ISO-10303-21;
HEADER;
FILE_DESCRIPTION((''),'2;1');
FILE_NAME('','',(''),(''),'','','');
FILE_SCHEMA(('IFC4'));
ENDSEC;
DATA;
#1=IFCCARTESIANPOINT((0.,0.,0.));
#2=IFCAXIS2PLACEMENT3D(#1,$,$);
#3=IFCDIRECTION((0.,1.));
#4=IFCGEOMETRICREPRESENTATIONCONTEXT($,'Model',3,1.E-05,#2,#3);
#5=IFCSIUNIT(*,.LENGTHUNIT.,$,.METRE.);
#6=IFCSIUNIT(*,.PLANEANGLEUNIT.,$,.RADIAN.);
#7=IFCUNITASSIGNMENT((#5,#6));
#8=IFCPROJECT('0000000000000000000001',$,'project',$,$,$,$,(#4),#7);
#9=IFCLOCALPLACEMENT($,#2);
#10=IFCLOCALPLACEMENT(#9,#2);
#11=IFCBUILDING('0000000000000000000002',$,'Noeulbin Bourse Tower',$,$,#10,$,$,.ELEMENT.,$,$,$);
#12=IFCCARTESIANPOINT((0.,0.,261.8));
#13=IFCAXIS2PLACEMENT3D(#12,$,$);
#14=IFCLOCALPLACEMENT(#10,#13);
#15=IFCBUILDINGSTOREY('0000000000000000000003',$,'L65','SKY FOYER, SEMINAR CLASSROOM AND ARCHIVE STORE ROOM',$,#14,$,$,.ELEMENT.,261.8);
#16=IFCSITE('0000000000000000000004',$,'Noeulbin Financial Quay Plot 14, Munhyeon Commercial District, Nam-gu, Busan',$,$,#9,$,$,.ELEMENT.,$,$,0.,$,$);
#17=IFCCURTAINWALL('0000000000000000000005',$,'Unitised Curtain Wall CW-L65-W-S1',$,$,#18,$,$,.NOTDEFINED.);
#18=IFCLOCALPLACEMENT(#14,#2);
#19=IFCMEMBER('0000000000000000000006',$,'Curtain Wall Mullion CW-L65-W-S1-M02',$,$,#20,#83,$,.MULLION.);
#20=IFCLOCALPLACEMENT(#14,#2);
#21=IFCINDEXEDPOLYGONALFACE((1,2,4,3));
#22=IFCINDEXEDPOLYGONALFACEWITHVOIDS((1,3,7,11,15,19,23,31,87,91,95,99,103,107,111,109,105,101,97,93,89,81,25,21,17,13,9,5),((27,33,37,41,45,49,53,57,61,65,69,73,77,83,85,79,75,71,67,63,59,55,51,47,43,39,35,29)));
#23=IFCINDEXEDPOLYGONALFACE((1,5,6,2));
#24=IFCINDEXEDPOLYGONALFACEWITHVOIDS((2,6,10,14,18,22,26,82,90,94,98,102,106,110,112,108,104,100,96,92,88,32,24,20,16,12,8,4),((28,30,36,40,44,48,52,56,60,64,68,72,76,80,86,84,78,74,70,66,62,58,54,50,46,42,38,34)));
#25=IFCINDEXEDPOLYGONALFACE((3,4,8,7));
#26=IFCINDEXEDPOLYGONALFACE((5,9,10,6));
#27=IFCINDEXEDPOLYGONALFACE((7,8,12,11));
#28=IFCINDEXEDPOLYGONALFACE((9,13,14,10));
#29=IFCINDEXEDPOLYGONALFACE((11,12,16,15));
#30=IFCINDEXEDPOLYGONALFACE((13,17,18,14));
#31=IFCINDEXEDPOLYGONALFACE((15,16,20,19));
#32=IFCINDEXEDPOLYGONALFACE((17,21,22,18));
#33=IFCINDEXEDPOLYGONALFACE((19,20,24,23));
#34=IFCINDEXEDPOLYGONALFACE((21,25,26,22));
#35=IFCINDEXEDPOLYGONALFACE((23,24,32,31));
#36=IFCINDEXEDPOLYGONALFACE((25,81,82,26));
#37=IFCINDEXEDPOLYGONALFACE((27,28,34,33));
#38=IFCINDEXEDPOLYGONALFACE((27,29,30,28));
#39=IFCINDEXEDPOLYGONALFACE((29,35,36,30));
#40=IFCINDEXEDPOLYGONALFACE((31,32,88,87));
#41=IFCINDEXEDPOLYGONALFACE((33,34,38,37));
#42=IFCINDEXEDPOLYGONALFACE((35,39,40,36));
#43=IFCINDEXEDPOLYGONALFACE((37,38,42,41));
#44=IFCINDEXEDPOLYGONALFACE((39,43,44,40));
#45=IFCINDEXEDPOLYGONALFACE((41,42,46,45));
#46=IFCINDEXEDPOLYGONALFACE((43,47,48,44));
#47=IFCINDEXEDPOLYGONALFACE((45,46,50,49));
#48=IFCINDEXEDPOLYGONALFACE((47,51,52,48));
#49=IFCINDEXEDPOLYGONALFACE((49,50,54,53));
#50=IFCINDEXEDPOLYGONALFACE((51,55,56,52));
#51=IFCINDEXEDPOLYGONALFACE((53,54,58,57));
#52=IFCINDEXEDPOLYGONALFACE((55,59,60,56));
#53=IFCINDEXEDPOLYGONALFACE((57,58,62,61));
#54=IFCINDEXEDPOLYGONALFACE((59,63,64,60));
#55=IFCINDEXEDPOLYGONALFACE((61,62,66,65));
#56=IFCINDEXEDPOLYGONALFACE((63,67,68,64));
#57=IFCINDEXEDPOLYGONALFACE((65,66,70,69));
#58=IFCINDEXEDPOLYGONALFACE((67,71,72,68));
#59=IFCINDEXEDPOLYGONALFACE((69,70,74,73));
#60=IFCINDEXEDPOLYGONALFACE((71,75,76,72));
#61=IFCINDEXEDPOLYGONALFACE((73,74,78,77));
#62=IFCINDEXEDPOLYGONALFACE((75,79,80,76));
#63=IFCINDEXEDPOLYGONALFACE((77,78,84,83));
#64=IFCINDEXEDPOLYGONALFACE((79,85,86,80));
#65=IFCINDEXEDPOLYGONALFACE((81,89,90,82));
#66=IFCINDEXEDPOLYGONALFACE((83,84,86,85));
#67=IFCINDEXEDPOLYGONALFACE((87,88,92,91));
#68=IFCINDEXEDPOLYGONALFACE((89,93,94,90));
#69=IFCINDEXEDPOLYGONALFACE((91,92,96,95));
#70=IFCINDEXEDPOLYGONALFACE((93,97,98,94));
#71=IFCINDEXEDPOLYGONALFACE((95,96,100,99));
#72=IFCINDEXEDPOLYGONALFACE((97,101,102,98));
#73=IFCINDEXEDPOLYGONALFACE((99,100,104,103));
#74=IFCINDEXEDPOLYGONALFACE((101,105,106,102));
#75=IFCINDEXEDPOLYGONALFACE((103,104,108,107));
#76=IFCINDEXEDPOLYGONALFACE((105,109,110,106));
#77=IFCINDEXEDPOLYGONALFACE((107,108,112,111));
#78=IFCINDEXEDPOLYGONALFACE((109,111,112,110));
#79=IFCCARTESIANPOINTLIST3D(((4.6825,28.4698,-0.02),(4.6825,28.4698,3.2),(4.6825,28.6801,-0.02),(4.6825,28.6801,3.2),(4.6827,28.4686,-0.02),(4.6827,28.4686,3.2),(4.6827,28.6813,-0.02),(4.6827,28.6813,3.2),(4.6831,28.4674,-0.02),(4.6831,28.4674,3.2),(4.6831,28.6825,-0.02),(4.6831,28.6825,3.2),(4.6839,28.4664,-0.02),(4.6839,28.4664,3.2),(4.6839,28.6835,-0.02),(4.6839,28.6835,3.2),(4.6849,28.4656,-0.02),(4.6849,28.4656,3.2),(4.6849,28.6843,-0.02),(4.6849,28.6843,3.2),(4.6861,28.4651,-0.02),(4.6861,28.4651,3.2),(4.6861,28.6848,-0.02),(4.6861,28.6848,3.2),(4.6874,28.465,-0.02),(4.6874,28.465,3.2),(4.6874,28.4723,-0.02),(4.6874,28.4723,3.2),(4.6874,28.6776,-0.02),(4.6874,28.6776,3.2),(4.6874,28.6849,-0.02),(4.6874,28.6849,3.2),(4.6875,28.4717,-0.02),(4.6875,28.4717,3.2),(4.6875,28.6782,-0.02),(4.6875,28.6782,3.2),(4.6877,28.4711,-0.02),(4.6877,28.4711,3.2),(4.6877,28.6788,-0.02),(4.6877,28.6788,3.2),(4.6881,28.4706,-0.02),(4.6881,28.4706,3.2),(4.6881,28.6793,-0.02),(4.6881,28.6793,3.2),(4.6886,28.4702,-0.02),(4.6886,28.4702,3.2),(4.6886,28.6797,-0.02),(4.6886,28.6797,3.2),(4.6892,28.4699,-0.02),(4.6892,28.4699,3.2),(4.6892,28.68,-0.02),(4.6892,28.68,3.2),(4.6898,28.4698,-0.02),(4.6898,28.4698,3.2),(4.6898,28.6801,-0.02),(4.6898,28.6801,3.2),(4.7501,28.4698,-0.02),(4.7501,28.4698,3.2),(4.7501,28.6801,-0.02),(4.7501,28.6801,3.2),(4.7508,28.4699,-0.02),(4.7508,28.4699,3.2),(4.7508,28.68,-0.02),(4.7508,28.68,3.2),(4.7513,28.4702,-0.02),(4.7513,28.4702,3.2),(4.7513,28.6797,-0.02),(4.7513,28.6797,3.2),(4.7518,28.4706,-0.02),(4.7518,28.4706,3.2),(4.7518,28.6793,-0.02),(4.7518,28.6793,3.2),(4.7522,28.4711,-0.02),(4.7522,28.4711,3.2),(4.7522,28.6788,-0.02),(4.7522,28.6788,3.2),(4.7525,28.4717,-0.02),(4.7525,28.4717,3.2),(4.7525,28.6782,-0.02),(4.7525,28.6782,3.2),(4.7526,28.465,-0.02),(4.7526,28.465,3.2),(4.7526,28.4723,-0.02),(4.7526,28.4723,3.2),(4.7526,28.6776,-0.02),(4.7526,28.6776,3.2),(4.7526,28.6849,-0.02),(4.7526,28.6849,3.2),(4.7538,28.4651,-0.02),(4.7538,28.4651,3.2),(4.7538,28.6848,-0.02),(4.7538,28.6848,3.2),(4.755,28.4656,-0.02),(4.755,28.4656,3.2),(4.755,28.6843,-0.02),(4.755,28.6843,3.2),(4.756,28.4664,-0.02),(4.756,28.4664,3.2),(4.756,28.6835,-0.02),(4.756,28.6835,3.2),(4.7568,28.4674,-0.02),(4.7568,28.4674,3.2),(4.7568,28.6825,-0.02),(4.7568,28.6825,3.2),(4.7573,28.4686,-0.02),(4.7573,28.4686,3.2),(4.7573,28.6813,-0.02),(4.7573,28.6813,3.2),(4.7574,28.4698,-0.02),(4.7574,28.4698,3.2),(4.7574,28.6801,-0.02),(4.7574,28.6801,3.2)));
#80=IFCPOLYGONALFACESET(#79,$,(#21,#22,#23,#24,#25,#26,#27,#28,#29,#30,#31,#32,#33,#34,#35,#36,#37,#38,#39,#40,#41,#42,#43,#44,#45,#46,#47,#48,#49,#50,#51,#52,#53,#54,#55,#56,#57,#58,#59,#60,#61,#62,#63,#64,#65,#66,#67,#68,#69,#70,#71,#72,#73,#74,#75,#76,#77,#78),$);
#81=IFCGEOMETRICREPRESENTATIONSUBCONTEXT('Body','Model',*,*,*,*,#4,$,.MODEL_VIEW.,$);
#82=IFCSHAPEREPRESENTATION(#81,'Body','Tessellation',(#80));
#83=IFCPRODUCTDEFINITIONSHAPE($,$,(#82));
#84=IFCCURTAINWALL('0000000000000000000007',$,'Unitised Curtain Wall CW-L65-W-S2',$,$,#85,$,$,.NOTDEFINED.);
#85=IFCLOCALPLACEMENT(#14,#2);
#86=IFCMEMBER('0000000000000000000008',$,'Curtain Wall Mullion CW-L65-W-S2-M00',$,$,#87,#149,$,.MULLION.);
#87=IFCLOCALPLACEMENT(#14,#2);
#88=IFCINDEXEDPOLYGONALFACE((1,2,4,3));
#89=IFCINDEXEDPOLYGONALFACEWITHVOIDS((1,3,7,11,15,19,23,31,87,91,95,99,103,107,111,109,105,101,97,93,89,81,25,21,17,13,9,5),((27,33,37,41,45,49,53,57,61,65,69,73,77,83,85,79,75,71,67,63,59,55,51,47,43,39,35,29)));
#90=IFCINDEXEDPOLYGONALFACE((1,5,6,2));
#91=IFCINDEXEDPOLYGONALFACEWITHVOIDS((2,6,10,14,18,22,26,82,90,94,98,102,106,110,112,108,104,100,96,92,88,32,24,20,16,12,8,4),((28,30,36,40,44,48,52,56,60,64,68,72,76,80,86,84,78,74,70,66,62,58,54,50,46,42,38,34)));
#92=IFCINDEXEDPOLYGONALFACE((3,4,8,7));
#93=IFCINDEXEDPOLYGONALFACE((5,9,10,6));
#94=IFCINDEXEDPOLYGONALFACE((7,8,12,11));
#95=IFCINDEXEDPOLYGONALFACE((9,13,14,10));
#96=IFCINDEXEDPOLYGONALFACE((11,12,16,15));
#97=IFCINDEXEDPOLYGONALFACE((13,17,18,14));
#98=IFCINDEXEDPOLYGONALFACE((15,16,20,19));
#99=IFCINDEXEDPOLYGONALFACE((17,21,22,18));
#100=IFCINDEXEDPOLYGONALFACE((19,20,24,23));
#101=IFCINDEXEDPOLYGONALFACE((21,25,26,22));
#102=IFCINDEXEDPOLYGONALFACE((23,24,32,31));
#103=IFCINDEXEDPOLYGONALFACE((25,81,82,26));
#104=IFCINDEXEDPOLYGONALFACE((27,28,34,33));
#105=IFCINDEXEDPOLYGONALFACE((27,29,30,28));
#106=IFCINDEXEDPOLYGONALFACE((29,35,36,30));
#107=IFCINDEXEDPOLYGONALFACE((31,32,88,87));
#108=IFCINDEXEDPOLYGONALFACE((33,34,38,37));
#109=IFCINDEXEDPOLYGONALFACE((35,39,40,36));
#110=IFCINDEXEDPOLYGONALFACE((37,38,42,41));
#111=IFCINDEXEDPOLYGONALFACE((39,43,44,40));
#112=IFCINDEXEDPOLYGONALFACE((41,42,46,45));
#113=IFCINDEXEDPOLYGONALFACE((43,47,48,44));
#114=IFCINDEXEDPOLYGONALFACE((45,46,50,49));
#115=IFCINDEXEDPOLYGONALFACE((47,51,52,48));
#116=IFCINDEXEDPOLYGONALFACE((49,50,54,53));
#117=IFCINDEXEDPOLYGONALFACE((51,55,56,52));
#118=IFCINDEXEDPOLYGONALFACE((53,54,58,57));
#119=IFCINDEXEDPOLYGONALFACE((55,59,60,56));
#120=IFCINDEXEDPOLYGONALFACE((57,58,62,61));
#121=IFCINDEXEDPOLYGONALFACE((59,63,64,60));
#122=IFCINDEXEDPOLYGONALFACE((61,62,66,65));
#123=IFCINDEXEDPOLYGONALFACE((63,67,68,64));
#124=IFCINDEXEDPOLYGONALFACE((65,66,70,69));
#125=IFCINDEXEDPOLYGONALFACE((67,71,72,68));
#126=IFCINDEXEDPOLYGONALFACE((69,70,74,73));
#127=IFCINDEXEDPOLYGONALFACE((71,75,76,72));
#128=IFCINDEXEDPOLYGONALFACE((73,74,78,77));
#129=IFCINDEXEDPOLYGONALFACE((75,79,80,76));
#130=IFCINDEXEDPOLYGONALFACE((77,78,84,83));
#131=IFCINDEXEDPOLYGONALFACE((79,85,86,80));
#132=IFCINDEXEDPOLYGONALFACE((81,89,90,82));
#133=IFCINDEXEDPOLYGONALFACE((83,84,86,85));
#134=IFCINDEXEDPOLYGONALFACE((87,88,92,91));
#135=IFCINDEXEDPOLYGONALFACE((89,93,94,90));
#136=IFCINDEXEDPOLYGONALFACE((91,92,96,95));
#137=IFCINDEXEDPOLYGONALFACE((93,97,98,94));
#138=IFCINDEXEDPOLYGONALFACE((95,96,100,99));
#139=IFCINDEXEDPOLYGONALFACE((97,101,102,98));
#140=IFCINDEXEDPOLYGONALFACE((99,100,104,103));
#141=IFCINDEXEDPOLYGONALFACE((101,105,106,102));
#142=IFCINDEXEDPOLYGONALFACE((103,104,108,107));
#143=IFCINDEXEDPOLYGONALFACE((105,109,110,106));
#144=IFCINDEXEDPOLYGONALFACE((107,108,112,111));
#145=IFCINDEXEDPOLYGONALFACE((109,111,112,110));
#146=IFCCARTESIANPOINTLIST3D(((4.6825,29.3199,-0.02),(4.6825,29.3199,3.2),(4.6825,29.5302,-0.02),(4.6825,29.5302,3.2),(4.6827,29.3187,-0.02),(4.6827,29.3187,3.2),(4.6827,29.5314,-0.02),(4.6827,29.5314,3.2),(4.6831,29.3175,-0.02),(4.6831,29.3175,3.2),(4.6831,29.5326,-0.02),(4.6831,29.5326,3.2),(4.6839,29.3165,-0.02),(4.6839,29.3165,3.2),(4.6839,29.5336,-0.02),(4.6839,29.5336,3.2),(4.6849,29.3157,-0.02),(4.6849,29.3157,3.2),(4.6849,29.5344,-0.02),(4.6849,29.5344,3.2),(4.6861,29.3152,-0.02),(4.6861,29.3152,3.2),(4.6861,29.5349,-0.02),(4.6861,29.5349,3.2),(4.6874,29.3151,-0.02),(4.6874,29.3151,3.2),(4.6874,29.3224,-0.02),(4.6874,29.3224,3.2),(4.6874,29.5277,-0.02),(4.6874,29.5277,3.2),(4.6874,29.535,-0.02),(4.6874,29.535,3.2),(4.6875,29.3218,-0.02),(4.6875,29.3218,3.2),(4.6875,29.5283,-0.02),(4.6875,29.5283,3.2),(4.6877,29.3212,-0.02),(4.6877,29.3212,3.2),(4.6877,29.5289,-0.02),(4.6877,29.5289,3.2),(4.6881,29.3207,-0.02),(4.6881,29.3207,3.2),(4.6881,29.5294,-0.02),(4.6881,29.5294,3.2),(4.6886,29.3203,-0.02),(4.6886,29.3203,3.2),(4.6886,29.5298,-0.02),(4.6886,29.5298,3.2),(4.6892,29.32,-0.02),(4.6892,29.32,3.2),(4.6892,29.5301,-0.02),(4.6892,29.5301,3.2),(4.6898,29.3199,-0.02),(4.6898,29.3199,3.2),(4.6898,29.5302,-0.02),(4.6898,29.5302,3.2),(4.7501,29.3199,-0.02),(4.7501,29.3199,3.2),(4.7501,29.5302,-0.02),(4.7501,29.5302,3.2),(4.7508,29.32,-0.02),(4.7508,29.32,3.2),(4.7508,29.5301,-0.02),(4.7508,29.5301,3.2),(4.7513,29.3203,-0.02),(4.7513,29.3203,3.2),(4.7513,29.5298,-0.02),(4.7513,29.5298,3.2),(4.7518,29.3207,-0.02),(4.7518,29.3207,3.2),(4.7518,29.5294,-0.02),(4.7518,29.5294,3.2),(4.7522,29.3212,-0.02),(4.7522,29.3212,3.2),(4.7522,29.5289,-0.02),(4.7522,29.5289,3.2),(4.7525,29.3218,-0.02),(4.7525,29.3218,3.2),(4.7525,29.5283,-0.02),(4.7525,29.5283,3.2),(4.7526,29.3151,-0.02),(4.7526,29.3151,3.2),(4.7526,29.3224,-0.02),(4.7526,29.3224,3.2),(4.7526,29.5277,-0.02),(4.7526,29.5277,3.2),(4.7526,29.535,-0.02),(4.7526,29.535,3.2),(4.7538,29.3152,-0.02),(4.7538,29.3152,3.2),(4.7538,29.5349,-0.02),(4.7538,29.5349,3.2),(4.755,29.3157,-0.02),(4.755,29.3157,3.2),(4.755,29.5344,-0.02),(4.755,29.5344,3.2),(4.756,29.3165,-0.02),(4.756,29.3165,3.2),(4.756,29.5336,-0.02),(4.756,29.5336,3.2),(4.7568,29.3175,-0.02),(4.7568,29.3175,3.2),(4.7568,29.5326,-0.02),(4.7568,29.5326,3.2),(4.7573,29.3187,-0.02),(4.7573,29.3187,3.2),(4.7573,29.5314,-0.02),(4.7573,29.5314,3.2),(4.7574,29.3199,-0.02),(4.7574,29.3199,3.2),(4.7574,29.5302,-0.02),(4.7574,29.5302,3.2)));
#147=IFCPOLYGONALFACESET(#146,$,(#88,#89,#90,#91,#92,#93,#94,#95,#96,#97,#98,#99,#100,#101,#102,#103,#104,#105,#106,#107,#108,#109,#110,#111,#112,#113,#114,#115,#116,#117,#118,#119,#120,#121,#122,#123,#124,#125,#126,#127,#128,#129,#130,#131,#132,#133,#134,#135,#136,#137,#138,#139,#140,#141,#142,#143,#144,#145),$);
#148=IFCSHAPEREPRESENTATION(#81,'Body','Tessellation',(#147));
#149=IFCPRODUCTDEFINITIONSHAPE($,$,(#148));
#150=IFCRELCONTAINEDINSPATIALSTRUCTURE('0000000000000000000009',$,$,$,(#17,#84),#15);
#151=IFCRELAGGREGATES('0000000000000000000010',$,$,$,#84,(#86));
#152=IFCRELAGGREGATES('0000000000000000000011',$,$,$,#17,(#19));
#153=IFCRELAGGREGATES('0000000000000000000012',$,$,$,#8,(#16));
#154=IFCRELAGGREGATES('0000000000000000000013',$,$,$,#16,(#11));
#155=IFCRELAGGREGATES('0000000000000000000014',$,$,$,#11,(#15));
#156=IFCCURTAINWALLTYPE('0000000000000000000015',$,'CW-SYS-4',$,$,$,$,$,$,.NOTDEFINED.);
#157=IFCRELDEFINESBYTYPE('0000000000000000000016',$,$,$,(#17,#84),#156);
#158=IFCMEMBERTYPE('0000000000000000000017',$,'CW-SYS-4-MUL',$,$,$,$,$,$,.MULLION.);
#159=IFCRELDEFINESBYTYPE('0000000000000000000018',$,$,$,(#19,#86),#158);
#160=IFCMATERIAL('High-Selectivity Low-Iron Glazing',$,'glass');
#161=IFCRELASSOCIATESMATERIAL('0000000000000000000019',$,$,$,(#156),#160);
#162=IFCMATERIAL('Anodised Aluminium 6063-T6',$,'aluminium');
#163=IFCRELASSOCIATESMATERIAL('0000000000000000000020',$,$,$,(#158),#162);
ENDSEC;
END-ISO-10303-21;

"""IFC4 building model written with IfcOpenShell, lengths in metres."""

from ifc_helpers import new_model, si_unit, direction, frame, origin, origin_2d, place, context, subcontext, project, spatial, hollow_rectangle, extrude, material, material_profile, profile_set, type_object, element, aggregate, save


model = new_model("IFC4")

# Units and contexts
model_context = context("Model", 3, precision=1e-05, world=origin(), true_north=direction((0.0, 1.0)))
body_context = subcontext(model_context, "Body", "Model", "MODEL_VIEW")
ifc_project = project(units=[si_unit("LENGTHUNIT", "METRE"), si_unit("PLANEANGLEUNIT", "RADIAN")], contexts=[model_context])

# Site, building, storey
site_placement = place(None, origin())
site = spatial("IfcSite", under=ifc_project, at=site_placement, Name="Noeulbin Financial Quay Plot 14, Munhyeon Commercial District, Nam-gu, Busan", CompositionType="ELEMENT", RefElevation=0.0)
building_placement = place(site_placement, origin())
building = spatial("IfcBuilding", under=site, at=building_placement, Name="Noeulbin Bourse Tower", CompositionType="ELEMENT")
storey_placement = place(building_placement, frame((0.0, 0.0, 261.8)))
storey = spatial("IfcBuildingStorey", under=building, at=storey_placement, Name="L65", Description="SKY FOYER, SEMINAR CLASSROOM AND ARCHIVE STORE ROOM", CompositionType="ELEMENT", Elevation=261.8)

# Curtain wall, member
ifc_material_1 = material(Name="High-Selectivity Low-Iron Glazing", Category="glass")
curtain_wall_type = type_object("IfcCurtainWallType", Name="CW-SYS-4", PredefinedType="NOTDEFINED", material=ifc_material_1)
curtain_wall_1_placement = place(storey_placement, origin())
curtain_wall_1 = element("IfcCurtainWall", 1, at=curtain_wall_1_placement, inside=storey, type_object=curtain_wall_type, Name="Unitised Curtain Wall CW-L65-W-S1", PredefinedType="NOTDEFINED")
ifc_material_2 = material(Name="Anodised Aluminium 6063-T6", Category="aluminium")
ifc_material_profile_1 = material_profile(ifc_material_2, hollow_rectangle(XDim=0.075, YDim=0.22, WallThickness=0.0049, InnerFilletRadius=0.0024, OuterFilletRadius=0.0049, at=origin_2d()), Name="ALU-MULL-75x220x5", Category="LoadBearing")
ifc_profile_set_1 = profile_set([ifc_material_profile_1], Name="Anodised Aluminium 6063-T6")
member_type_1 = type_object("IfcMemberType", Name="CW-SYS-4-MUL", PredefinedType="MULLION", material=ifc_profile_set_1)
member_1_placement = place(storey_placement, frame((4.72, 28.575, -0.02), z_axis=(0.0, 0.0, 1.0), x_axis=(1.0, 0.0, 0.0)))
member_1 = element("IfcMember", 2, at=member_1_placement, type_object=member_type_1, Name="Curtain Wall Mullion CW-L65-W-S1-M02", PredefinedType="MULLION", context=body_context, shape_type="SweptSolid", body=[
    extrude(hollow_rectangle(XDim=0.075, YDim=0.22, WallThickness=0.0049, InnerFilletRadius=0.0024, OuterFilletRadius=0.0049, at=origin_2d()), origin(), (0.0, 0.0, 1.0), 3.22),
])

# Curtain wall, member
curtain_wall_2_placement = place(storey_placement, origin())
curtain_wall_2 = element("IfcCurtainWall", 3, at=curtain_wall_2_placement, inside=storey, type_object=curtain_wall_type, Name="Unitised Curtain Wall CW-L65-W-S2", PredefinedType="NOTDEFINED")
member_2_placement = place(storey_placement, frame((4.72, 29.425, -0.02), z_axis=(0.0, 0.0, 1.0), x_axis=(1.0, 0.0, 0.0)))
member_2 = element("IfcMember", 4, at=member_2_placement, type_object=member_type_1, Name="Curtain Wall Mullion CW-L65-W-S2-M00", PredefinedType="MULLION", context=body_context, shape_type="SweptSolid", body=[
    extrude(hollow_rectangle(XDim=0.075, YDim=0.22, WallThickness=0.0049, InnerFilletRadius=0.0024, OuterFilletRadius=0.0049, at=origin_2d()), origin(), (0.0, 0.0, 1.0), 3.22),
])

aggregate(curtain_wall_2, [member_2])

aggregate(curtain_wall_1, [member_1])

save(model, "model.ifc")
